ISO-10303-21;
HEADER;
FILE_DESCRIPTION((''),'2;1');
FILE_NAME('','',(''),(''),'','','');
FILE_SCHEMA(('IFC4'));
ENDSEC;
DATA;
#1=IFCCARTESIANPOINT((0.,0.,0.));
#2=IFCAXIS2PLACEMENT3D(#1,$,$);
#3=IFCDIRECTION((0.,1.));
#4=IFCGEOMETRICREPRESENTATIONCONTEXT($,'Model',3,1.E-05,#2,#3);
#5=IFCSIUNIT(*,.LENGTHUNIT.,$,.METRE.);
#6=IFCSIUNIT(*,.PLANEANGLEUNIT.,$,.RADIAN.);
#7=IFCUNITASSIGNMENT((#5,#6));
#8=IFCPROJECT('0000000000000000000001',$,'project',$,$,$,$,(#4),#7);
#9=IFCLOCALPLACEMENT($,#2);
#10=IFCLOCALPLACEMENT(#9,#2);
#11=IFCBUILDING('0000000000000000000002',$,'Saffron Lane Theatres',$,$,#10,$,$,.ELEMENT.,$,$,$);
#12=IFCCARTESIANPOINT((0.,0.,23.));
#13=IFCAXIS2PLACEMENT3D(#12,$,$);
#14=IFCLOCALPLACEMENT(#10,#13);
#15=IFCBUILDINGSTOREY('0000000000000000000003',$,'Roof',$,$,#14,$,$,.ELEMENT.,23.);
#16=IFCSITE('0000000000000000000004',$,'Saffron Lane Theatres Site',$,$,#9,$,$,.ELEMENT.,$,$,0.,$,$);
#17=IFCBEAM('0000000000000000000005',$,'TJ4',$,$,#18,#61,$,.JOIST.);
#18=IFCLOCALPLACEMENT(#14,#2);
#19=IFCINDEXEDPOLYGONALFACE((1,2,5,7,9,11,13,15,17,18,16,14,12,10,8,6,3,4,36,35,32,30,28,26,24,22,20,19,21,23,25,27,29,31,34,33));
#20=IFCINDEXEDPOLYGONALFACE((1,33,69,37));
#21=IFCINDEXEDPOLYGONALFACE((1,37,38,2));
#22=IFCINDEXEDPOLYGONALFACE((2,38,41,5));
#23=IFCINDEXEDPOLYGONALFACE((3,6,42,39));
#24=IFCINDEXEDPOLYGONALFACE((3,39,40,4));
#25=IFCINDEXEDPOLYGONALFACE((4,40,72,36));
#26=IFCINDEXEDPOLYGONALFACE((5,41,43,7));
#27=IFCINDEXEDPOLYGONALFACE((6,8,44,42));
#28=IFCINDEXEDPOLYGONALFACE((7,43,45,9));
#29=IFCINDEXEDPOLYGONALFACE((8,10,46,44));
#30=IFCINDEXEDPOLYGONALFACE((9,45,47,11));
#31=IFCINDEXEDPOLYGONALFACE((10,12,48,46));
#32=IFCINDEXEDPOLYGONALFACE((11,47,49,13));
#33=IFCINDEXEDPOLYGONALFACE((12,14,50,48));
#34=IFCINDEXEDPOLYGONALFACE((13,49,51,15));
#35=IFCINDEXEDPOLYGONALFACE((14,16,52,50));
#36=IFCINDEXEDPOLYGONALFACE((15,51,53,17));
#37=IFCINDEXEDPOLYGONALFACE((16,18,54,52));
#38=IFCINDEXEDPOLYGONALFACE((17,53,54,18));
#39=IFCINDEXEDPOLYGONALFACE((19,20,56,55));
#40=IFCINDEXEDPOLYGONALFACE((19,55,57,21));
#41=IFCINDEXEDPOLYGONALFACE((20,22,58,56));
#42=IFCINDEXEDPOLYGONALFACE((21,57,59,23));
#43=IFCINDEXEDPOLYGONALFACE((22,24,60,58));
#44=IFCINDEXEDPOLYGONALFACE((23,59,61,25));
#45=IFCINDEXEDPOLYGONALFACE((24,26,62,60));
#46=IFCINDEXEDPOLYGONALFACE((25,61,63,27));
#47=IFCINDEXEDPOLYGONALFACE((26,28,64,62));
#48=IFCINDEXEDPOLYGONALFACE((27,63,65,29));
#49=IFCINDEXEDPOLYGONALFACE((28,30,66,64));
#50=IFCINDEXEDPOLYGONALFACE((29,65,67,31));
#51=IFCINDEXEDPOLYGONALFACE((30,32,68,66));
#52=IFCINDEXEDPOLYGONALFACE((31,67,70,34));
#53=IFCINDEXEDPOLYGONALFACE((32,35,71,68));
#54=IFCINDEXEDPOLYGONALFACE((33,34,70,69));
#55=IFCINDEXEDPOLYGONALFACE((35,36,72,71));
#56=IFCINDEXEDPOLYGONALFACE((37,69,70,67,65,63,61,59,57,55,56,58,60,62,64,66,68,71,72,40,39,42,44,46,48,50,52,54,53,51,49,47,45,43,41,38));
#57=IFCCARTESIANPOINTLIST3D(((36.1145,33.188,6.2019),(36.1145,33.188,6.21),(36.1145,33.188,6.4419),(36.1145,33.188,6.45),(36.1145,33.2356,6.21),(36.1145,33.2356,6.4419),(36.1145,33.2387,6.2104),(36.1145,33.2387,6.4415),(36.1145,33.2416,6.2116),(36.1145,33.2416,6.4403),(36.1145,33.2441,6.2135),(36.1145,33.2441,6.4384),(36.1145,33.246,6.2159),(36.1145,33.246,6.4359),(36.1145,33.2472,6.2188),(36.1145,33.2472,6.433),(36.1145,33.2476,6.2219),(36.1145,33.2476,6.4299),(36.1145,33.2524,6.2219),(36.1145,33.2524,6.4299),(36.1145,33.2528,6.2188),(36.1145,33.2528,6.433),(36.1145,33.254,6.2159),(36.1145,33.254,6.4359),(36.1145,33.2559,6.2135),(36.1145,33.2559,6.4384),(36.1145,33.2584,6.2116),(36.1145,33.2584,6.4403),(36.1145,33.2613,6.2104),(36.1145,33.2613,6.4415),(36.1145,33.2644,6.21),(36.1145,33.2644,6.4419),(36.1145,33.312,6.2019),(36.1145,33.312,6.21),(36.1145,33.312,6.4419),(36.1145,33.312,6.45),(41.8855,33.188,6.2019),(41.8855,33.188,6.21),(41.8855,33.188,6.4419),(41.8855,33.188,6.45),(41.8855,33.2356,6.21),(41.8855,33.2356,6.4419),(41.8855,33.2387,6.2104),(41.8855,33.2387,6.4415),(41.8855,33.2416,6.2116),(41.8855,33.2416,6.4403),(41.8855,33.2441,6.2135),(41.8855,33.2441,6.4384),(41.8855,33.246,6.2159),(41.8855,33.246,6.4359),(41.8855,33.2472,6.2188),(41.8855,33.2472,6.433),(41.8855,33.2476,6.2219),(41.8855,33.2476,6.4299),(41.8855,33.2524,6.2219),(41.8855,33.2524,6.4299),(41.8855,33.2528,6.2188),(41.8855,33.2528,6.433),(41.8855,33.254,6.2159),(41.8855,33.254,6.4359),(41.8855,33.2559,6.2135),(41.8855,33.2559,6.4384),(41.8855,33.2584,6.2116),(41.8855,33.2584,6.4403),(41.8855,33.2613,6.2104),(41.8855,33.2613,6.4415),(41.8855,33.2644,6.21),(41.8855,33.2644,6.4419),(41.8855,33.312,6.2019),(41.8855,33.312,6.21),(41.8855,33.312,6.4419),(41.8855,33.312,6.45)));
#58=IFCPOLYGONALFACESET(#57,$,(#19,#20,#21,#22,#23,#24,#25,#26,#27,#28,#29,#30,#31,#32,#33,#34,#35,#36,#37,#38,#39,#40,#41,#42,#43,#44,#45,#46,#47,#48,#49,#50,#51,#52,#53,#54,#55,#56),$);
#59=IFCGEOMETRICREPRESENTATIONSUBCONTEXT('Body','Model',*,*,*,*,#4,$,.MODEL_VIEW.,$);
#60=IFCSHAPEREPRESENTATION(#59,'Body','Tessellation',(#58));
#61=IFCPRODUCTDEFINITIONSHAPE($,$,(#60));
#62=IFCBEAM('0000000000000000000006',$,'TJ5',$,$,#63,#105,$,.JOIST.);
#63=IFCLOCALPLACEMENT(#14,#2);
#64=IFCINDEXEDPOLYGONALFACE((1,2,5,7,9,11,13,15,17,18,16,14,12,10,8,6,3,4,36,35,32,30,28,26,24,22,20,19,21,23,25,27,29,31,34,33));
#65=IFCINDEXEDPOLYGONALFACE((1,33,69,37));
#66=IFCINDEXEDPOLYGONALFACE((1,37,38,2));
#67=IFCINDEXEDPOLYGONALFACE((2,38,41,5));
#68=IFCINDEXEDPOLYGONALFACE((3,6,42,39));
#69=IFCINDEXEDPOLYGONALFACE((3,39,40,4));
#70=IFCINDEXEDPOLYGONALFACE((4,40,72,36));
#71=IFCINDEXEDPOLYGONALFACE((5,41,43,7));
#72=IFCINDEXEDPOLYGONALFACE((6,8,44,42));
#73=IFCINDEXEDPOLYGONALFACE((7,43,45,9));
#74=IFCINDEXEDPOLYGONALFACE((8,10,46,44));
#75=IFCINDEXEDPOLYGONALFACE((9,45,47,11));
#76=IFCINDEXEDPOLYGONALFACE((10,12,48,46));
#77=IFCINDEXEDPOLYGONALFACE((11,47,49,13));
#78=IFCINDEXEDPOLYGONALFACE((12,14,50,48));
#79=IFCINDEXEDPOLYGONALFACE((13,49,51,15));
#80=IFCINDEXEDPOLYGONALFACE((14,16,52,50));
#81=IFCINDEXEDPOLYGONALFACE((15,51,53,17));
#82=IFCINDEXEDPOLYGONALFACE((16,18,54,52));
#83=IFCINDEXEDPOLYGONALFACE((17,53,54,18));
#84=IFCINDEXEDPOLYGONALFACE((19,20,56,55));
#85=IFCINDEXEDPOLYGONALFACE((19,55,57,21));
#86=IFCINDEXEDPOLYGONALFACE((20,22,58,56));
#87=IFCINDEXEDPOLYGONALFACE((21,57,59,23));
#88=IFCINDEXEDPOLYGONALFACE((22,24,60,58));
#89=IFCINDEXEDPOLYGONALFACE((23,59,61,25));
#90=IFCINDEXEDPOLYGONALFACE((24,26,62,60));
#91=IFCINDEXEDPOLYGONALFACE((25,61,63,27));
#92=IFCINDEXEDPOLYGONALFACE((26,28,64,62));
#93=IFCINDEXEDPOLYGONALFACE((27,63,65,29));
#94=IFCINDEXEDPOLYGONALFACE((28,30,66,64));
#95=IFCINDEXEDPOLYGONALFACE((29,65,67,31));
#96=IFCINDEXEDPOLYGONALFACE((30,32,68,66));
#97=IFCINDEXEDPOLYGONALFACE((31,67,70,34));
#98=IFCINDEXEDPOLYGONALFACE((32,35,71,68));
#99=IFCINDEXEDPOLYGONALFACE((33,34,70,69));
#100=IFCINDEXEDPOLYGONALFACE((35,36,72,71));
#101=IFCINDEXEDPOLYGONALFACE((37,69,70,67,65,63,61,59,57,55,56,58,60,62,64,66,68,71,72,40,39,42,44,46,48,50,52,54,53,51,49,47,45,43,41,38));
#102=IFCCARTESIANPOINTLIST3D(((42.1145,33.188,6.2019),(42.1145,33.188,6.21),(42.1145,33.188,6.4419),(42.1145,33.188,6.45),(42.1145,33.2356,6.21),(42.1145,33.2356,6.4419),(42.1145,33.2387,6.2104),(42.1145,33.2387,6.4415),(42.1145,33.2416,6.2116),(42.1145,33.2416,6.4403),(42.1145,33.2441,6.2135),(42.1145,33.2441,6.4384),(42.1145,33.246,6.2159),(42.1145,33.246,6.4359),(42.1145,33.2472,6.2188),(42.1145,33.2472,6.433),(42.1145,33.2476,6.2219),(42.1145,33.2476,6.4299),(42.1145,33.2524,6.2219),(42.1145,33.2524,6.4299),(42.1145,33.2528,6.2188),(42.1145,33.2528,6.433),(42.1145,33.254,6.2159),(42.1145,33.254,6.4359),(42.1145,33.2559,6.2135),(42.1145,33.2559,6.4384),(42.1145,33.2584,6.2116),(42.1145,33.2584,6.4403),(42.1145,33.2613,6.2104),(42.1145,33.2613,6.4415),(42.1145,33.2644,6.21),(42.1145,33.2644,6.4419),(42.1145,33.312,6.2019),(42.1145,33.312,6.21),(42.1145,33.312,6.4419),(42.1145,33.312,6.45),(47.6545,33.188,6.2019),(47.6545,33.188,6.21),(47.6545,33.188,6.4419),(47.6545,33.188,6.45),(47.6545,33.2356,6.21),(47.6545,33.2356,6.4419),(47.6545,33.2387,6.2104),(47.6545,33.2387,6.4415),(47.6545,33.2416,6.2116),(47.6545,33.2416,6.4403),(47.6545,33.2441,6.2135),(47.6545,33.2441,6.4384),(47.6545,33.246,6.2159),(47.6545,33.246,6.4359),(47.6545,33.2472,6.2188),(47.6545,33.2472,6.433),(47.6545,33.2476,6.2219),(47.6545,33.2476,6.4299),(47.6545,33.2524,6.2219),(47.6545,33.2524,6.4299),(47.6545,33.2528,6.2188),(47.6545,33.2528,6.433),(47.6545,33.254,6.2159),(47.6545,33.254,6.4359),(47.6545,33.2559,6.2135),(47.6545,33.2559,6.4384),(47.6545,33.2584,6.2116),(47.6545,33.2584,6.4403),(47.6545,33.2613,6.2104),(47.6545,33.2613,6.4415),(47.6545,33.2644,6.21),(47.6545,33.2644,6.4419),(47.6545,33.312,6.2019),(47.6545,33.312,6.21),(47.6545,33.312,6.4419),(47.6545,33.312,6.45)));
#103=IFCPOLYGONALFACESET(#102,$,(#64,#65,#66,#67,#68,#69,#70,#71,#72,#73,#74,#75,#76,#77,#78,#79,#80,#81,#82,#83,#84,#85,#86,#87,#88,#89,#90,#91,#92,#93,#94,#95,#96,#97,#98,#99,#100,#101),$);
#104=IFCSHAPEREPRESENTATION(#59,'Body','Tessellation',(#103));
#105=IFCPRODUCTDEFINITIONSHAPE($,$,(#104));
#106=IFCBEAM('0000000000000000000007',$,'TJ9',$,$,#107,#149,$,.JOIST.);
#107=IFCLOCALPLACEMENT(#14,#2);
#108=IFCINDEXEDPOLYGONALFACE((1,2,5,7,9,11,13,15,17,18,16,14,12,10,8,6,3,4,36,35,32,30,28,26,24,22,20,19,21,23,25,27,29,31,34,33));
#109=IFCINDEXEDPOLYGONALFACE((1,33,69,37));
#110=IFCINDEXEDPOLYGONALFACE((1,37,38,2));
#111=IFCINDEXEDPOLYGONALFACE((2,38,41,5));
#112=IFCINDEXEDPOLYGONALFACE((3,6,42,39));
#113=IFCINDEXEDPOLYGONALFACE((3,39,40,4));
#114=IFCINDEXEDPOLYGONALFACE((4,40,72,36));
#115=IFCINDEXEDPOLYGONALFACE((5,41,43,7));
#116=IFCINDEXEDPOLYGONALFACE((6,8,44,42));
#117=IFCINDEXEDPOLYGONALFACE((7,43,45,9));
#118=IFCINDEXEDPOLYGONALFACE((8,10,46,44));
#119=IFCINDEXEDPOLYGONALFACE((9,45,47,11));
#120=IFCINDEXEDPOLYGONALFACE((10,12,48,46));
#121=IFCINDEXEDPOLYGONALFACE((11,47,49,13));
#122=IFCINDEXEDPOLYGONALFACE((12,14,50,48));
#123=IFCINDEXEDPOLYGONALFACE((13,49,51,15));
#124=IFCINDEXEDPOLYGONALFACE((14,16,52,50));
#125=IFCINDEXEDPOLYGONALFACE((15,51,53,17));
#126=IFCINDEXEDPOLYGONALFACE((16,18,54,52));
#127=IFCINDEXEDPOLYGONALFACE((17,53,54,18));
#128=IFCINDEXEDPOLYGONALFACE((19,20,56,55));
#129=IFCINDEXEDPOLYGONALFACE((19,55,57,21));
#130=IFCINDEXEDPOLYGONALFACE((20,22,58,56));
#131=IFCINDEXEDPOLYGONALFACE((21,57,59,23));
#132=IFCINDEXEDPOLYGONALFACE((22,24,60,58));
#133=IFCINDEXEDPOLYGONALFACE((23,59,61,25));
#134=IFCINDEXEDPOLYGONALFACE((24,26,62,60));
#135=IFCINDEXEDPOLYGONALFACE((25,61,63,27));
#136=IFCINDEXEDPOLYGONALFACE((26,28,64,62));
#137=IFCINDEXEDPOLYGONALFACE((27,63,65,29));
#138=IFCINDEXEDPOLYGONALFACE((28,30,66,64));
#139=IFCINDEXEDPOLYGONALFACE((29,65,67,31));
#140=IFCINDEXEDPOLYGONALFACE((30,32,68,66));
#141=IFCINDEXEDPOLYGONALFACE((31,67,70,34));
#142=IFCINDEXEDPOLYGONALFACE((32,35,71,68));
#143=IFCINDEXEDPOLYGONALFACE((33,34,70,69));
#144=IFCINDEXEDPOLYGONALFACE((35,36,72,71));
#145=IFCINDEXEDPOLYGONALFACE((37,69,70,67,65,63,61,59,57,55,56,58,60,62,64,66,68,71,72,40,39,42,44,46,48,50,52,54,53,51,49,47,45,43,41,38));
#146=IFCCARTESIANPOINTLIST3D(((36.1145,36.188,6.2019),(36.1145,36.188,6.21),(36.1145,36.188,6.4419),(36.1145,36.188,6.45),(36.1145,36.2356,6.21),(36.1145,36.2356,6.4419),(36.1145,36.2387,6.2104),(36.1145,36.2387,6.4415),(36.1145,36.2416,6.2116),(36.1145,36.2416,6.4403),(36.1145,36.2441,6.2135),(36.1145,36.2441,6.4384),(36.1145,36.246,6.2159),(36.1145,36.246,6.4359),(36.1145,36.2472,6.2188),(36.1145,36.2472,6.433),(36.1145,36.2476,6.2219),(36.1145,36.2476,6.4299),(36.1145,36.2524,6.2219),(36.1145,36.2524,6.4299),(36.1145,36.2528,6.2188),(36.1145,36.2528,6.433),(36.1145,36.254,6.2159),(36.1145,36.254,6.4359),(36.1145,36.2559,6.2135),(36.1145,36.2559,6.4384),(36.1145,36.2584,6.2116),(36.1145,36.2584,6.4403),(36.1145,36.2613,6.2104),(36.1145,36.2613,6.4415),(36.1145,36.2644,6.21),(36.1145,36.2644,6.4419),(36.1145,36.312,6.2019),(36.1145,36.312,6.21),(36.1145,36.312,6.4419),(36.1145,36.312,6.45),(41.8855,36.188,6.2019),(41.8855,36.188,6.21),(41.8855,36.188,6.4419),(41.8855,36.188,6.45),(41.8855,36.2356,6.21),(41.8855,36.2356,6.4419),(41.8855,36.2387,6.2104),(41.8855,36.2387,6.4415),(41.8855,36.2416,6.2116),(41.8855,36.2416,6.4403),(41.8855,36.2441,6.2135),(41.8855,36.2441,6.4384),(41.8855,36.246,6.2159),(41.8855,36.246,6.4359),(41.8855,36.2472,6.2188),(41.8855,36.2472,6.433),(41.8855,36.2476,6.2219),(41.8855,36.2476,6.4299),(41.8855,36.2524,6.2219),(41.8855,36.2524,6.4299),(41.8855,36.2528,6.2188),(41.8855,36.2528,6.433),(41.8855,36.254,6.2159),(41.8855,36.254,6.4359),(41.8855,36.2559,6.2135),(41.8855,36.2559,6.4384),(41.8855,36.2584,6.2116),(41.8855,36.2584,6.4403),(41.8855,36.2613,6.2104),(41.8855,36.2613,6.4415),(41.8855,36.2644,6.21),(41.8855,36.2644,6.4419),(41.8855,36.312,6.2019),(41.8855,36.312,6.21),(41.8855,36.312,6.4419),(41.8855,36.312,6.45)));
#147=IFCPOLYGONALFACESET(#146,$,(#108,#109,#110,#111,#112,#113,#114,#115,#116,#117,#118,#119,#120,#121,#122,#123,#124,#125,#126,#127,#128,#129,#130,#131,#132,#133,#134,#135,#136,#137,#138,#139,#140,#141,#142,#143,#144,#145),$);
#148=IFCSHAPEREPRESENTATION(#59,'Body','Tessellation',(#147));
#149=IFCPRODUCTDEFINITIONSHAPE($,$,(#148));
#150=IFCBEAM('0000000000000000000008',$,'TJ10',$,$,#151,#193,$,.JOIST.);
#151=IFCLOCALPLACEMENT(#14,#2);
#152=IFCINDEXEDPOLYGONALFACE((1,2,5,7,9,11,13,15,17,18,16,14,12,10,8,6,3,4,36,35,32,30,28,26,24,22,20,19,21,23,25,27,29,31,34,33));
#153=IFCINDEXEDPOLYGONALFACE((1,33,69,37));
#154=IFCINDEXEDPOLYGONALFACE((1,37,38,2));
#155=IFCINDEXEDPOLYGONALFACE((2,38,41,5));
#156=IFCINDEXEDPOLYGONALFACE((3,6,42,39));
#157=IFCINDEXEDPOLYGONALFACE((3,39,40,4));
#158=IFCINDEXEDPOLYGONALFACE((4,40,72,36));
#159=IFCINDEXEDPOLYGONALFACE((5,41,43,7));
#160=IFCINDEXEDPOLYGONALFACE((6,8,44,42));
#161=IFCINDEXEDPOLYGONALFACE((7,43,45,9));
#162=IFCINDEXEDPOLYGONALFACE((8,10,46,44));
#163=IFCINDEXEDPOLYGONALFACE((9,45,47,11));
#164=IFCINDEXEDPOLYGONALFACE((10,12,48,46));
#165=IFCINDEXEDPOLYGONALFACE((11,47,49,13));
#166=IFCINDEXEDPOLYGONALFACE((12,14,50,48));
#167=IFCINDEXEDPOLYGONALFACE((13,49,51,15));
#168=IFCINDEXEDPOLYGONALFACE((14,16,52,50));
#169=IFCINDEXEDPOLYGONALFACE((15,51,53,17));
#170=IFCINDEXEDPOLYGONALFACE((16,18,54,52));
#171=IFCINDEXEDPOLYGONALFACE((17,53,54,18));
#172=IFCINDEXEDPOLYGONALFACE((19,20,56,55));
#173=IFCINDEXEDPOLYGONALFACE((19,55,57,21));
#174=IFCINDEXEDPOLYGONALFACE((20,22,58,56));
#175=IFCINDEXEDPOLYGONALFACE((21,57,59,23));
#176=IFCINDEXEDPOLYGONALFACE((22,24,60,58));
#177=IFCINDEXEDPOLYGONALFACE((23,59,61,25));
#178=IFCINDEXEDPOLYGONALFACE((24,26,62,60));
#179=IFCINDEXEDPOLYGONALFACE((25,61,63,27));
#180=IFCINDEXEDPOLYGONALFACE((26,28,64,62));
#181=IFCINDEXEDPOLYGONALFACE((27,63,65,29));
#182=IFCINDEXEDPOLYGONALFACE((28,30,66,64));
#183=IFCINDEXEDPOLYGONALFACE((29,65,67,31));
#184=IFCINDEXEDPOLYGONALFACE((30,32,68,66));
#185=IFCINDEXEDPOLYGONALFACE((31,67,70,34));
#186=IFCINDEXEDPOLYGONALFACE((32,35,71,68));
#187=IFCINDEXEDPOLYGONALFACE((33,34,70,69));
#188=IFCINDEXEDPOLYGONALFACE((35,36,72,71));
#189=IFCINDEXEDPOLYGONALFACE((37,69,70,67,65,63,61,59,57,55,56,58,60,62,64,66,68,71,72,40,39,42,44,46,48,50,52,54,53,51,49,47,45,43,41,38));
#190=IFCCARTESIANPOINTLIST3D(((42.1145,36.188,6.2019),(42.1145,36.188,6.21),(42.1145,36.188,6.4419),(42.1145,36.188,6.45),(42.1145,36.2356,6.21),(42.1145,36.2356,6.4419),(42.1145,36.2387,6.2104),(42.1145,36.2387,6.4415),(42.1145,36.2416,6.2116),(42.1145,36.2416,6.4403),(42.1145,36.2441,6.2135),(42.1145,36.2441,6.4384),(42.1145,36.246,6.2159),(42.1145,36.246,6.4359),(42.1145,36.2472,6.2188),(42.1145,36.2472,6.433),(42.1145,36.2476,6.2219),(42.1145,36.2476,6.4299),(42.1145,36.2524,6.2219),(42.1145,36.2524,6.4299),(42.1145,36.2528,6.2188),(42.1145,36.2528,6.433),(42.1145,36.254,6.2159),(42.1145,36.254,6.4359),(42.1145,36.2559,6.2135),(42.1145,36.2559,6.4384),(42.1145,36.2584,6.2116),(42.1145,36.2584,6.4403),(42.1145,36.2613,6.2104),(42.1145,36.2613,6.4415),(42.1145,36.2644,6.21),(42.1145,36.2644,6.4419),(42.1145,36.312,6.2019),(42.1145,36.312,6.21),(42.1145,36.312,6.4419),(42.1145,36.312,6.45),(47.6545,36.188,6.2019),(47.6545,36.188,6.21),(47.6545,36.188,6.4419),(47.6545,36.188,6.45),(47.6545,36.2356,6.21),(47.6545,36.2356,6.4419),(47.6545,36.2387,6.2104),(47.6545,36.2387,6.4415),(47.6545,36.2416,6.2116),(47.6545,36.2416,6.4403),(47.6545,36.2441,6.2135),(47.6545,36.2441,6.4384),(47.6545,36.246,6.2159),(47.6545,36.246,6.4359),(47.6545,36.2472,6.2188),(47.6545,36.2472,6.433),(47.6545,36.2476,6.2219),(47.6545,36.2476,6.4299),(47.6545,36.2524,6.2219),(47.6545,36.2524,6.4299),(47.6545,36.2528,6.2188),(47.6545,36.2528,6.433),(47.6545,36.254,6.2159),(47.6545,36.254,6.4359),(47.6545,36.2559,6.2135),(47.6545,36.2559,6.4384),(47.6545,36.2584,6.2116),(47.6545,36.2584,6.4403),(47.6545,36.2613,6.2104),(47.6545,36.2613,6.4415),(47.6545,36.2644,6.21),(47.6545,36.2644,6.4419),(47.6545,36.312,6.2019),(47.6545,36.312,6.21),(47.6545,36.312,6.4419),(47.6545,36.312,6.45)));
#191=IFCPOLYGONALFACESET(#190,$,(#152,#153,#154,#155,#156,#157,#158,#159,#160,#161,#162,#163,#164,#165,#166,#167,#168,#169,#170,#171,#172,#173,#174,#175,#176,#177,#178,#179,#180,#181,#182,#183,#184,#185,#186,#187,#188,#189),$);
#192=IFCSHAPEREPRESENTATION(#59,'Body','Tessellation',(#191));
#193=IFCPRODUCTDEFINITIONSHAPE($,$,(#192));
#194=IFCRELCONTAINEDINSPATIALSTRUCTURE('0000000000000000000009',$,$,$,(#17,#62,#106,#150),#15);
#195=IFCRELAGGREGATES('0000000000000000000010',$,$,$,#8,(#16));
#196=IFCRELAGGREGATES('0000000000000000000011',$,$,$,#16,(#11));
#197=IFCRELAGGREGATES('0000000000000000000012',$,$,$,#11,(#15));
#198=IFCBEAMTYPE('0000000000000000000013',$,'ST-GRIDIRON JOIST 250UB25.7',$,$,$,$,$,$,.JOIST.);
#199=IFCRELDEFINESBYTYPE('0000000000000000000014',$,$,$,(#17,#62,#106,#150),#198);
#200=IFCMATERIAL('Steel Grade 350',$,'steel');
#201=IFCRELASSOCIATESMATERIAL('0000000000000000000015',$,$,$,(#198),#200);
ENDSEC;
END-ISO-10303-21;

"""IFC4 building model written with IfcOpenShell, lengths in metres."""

from ifc_helpers import new_model, si_unit, direction, frame, origin, origin_2d, place, context, subcontext, project, spatial, i_section, extrude, material, material_profile, profile_set, type_object, element, save


model = new_model("IFC4")

# Units and contexts
model_context = context("Model", 3, precision=1e-05, world=origin(), true_north=direction((0.0, 1.0)))
body_context = subcontext(model_context, "Body", "Model", "MODEL_VIEW")
ifc_project = project(units=[si_unit("LENGTHUNIT", "METRE"), si_unit("PLANEANGLEUNIT", "RADIAN")], contexts=[model_context])

# Site, building, storey
site_placement = place(None, origin())
site = spatial("IfcSite", under=ifc_project, at=site_placement, Name="Saffron Lane Theatres Site", CompositionType="ELEMENT", RefElevation=0.0)
building_placement = place(site_placement, origin())
building = spatial("IfcBuilding", under=site, at=building_placement, Name="Saffron Lane Theatres", CompositionType="ELEMENT")
storey_placement = place(building_placement, frame((0.0, 0.0, 23.0)))
storey = spatial("IfcBuildingStorey", under=building, at=storey_placement, Name="Roof", CompositionType="ELEMENT", Elevation=23.0)

# Beams
ifc_material_1 = material(Name="Steel Grade 350", Category="steel")
ifc_material_profile_1 = material_profile(ifc_material_1, i_section(OverallWidth=0.124, OverallDepth=0.248, WebThickness=0.0049, FlangeThickness=0.0081, FilletRadius=0.012, at=origin_2d()))
ifc_profile_set_1 = profile_set([ifc_material_profile_1], Name="Steel Grade 350")
beam_type_1 = type_object("IfcBeamType", Name="ST-GRIDIRON JOIST 250UB25.7", PredefinedType="JOIST", material=ifc_profile_set_1)
beam_1_placement = place(storey_placement, frame((36.1145, 33.25, 6.3259), z_axis=(1.0, 0.0, 0.0), x_axis=(0.0, 1.0, 0.0)))
element("IfcBeam", 1, at=beam_1_placement, inside=storey, type_object=beam_type_1, Name="TJ4", PredefinedType="JOIST", context=body_context, shape_type="SweptSolid", body=[
    extrude(i_section(OverallWidth=0.124, OverallDepth=0.248, WebThickness=0.0049, FlangeThickness=0.0081, FilletRadius=0.012, at=origin_2d()), origin(), (0.0, 0.0, 1.0), 5.771),
])
beam_2_placement = place(storey_placement, frame((42.1145, 33.25, 6.3259), z_axis=(1.0, 0.0, 0.0), x_axis=(0.0, 1.0, 0.0)))
element("IfcBeam", 2, at=beam_2_placement, inside=storey, type_object=beam_type_1, Name="TJ5", PredefinedType="JOIST", context=body_context, shape_type="SweptSolid", body=[
    extrude(i_section(OverallWidth=0.124, OverallDepth=0.248, WebThickness=0.0049, FlangeThickness=0.0081, FilletRadius=0.012, at=origin_2d()), origin(), (0.0, 0.0, 1.0), 5.54),
])
beam_3_placement = place(storey_placement, frame((36.1145, 36.25, 6.3259), z_axis=(1.0, 0.0, 0.0), x_axis=(0.0, 1.0, 0.0)))
element("IfcBeam", 3, at=beam_3_placement, inside=storey, type_object=beam_type_1, Name="TJ9", PredefinedType="JOIST", context=body_context, shape_type="SweptSolid", body=[
    extrude(i_section(OverallWidth=0.124, OverallDepth=0.248, WebThickness=0.0049, FlangeThickness=0.0081, FilletRadius=0.012, at=origin_2d()), origin(), (0.0, 0.0, 1.0), 5.771),
])
beam_4_placement = place(storey_placement, frame((42.1145, 36.25, 6.3259), z_axis=(1.0, 0.0, 0.0), x_axis=(0.0, 1.0, 0.0)))
element("IfcBeam", 4, at=beam_4_placement, inside=storey, type_object=beam_type_1, Name="TJ10", PredefinedType="JOIST", context=body_context, shape_type="SweptSolid", body=[
    extrude(i_section(OverallWidth=0.124, OverallDepth=0.248, WebThickness=0.0049, FlangeThickness=0.0081, FilletRadius=0.012, at=origin_2d()), origin(), (0.0, 0.0, 1.0), 5.54),
])

save(model, "model.ifc")
